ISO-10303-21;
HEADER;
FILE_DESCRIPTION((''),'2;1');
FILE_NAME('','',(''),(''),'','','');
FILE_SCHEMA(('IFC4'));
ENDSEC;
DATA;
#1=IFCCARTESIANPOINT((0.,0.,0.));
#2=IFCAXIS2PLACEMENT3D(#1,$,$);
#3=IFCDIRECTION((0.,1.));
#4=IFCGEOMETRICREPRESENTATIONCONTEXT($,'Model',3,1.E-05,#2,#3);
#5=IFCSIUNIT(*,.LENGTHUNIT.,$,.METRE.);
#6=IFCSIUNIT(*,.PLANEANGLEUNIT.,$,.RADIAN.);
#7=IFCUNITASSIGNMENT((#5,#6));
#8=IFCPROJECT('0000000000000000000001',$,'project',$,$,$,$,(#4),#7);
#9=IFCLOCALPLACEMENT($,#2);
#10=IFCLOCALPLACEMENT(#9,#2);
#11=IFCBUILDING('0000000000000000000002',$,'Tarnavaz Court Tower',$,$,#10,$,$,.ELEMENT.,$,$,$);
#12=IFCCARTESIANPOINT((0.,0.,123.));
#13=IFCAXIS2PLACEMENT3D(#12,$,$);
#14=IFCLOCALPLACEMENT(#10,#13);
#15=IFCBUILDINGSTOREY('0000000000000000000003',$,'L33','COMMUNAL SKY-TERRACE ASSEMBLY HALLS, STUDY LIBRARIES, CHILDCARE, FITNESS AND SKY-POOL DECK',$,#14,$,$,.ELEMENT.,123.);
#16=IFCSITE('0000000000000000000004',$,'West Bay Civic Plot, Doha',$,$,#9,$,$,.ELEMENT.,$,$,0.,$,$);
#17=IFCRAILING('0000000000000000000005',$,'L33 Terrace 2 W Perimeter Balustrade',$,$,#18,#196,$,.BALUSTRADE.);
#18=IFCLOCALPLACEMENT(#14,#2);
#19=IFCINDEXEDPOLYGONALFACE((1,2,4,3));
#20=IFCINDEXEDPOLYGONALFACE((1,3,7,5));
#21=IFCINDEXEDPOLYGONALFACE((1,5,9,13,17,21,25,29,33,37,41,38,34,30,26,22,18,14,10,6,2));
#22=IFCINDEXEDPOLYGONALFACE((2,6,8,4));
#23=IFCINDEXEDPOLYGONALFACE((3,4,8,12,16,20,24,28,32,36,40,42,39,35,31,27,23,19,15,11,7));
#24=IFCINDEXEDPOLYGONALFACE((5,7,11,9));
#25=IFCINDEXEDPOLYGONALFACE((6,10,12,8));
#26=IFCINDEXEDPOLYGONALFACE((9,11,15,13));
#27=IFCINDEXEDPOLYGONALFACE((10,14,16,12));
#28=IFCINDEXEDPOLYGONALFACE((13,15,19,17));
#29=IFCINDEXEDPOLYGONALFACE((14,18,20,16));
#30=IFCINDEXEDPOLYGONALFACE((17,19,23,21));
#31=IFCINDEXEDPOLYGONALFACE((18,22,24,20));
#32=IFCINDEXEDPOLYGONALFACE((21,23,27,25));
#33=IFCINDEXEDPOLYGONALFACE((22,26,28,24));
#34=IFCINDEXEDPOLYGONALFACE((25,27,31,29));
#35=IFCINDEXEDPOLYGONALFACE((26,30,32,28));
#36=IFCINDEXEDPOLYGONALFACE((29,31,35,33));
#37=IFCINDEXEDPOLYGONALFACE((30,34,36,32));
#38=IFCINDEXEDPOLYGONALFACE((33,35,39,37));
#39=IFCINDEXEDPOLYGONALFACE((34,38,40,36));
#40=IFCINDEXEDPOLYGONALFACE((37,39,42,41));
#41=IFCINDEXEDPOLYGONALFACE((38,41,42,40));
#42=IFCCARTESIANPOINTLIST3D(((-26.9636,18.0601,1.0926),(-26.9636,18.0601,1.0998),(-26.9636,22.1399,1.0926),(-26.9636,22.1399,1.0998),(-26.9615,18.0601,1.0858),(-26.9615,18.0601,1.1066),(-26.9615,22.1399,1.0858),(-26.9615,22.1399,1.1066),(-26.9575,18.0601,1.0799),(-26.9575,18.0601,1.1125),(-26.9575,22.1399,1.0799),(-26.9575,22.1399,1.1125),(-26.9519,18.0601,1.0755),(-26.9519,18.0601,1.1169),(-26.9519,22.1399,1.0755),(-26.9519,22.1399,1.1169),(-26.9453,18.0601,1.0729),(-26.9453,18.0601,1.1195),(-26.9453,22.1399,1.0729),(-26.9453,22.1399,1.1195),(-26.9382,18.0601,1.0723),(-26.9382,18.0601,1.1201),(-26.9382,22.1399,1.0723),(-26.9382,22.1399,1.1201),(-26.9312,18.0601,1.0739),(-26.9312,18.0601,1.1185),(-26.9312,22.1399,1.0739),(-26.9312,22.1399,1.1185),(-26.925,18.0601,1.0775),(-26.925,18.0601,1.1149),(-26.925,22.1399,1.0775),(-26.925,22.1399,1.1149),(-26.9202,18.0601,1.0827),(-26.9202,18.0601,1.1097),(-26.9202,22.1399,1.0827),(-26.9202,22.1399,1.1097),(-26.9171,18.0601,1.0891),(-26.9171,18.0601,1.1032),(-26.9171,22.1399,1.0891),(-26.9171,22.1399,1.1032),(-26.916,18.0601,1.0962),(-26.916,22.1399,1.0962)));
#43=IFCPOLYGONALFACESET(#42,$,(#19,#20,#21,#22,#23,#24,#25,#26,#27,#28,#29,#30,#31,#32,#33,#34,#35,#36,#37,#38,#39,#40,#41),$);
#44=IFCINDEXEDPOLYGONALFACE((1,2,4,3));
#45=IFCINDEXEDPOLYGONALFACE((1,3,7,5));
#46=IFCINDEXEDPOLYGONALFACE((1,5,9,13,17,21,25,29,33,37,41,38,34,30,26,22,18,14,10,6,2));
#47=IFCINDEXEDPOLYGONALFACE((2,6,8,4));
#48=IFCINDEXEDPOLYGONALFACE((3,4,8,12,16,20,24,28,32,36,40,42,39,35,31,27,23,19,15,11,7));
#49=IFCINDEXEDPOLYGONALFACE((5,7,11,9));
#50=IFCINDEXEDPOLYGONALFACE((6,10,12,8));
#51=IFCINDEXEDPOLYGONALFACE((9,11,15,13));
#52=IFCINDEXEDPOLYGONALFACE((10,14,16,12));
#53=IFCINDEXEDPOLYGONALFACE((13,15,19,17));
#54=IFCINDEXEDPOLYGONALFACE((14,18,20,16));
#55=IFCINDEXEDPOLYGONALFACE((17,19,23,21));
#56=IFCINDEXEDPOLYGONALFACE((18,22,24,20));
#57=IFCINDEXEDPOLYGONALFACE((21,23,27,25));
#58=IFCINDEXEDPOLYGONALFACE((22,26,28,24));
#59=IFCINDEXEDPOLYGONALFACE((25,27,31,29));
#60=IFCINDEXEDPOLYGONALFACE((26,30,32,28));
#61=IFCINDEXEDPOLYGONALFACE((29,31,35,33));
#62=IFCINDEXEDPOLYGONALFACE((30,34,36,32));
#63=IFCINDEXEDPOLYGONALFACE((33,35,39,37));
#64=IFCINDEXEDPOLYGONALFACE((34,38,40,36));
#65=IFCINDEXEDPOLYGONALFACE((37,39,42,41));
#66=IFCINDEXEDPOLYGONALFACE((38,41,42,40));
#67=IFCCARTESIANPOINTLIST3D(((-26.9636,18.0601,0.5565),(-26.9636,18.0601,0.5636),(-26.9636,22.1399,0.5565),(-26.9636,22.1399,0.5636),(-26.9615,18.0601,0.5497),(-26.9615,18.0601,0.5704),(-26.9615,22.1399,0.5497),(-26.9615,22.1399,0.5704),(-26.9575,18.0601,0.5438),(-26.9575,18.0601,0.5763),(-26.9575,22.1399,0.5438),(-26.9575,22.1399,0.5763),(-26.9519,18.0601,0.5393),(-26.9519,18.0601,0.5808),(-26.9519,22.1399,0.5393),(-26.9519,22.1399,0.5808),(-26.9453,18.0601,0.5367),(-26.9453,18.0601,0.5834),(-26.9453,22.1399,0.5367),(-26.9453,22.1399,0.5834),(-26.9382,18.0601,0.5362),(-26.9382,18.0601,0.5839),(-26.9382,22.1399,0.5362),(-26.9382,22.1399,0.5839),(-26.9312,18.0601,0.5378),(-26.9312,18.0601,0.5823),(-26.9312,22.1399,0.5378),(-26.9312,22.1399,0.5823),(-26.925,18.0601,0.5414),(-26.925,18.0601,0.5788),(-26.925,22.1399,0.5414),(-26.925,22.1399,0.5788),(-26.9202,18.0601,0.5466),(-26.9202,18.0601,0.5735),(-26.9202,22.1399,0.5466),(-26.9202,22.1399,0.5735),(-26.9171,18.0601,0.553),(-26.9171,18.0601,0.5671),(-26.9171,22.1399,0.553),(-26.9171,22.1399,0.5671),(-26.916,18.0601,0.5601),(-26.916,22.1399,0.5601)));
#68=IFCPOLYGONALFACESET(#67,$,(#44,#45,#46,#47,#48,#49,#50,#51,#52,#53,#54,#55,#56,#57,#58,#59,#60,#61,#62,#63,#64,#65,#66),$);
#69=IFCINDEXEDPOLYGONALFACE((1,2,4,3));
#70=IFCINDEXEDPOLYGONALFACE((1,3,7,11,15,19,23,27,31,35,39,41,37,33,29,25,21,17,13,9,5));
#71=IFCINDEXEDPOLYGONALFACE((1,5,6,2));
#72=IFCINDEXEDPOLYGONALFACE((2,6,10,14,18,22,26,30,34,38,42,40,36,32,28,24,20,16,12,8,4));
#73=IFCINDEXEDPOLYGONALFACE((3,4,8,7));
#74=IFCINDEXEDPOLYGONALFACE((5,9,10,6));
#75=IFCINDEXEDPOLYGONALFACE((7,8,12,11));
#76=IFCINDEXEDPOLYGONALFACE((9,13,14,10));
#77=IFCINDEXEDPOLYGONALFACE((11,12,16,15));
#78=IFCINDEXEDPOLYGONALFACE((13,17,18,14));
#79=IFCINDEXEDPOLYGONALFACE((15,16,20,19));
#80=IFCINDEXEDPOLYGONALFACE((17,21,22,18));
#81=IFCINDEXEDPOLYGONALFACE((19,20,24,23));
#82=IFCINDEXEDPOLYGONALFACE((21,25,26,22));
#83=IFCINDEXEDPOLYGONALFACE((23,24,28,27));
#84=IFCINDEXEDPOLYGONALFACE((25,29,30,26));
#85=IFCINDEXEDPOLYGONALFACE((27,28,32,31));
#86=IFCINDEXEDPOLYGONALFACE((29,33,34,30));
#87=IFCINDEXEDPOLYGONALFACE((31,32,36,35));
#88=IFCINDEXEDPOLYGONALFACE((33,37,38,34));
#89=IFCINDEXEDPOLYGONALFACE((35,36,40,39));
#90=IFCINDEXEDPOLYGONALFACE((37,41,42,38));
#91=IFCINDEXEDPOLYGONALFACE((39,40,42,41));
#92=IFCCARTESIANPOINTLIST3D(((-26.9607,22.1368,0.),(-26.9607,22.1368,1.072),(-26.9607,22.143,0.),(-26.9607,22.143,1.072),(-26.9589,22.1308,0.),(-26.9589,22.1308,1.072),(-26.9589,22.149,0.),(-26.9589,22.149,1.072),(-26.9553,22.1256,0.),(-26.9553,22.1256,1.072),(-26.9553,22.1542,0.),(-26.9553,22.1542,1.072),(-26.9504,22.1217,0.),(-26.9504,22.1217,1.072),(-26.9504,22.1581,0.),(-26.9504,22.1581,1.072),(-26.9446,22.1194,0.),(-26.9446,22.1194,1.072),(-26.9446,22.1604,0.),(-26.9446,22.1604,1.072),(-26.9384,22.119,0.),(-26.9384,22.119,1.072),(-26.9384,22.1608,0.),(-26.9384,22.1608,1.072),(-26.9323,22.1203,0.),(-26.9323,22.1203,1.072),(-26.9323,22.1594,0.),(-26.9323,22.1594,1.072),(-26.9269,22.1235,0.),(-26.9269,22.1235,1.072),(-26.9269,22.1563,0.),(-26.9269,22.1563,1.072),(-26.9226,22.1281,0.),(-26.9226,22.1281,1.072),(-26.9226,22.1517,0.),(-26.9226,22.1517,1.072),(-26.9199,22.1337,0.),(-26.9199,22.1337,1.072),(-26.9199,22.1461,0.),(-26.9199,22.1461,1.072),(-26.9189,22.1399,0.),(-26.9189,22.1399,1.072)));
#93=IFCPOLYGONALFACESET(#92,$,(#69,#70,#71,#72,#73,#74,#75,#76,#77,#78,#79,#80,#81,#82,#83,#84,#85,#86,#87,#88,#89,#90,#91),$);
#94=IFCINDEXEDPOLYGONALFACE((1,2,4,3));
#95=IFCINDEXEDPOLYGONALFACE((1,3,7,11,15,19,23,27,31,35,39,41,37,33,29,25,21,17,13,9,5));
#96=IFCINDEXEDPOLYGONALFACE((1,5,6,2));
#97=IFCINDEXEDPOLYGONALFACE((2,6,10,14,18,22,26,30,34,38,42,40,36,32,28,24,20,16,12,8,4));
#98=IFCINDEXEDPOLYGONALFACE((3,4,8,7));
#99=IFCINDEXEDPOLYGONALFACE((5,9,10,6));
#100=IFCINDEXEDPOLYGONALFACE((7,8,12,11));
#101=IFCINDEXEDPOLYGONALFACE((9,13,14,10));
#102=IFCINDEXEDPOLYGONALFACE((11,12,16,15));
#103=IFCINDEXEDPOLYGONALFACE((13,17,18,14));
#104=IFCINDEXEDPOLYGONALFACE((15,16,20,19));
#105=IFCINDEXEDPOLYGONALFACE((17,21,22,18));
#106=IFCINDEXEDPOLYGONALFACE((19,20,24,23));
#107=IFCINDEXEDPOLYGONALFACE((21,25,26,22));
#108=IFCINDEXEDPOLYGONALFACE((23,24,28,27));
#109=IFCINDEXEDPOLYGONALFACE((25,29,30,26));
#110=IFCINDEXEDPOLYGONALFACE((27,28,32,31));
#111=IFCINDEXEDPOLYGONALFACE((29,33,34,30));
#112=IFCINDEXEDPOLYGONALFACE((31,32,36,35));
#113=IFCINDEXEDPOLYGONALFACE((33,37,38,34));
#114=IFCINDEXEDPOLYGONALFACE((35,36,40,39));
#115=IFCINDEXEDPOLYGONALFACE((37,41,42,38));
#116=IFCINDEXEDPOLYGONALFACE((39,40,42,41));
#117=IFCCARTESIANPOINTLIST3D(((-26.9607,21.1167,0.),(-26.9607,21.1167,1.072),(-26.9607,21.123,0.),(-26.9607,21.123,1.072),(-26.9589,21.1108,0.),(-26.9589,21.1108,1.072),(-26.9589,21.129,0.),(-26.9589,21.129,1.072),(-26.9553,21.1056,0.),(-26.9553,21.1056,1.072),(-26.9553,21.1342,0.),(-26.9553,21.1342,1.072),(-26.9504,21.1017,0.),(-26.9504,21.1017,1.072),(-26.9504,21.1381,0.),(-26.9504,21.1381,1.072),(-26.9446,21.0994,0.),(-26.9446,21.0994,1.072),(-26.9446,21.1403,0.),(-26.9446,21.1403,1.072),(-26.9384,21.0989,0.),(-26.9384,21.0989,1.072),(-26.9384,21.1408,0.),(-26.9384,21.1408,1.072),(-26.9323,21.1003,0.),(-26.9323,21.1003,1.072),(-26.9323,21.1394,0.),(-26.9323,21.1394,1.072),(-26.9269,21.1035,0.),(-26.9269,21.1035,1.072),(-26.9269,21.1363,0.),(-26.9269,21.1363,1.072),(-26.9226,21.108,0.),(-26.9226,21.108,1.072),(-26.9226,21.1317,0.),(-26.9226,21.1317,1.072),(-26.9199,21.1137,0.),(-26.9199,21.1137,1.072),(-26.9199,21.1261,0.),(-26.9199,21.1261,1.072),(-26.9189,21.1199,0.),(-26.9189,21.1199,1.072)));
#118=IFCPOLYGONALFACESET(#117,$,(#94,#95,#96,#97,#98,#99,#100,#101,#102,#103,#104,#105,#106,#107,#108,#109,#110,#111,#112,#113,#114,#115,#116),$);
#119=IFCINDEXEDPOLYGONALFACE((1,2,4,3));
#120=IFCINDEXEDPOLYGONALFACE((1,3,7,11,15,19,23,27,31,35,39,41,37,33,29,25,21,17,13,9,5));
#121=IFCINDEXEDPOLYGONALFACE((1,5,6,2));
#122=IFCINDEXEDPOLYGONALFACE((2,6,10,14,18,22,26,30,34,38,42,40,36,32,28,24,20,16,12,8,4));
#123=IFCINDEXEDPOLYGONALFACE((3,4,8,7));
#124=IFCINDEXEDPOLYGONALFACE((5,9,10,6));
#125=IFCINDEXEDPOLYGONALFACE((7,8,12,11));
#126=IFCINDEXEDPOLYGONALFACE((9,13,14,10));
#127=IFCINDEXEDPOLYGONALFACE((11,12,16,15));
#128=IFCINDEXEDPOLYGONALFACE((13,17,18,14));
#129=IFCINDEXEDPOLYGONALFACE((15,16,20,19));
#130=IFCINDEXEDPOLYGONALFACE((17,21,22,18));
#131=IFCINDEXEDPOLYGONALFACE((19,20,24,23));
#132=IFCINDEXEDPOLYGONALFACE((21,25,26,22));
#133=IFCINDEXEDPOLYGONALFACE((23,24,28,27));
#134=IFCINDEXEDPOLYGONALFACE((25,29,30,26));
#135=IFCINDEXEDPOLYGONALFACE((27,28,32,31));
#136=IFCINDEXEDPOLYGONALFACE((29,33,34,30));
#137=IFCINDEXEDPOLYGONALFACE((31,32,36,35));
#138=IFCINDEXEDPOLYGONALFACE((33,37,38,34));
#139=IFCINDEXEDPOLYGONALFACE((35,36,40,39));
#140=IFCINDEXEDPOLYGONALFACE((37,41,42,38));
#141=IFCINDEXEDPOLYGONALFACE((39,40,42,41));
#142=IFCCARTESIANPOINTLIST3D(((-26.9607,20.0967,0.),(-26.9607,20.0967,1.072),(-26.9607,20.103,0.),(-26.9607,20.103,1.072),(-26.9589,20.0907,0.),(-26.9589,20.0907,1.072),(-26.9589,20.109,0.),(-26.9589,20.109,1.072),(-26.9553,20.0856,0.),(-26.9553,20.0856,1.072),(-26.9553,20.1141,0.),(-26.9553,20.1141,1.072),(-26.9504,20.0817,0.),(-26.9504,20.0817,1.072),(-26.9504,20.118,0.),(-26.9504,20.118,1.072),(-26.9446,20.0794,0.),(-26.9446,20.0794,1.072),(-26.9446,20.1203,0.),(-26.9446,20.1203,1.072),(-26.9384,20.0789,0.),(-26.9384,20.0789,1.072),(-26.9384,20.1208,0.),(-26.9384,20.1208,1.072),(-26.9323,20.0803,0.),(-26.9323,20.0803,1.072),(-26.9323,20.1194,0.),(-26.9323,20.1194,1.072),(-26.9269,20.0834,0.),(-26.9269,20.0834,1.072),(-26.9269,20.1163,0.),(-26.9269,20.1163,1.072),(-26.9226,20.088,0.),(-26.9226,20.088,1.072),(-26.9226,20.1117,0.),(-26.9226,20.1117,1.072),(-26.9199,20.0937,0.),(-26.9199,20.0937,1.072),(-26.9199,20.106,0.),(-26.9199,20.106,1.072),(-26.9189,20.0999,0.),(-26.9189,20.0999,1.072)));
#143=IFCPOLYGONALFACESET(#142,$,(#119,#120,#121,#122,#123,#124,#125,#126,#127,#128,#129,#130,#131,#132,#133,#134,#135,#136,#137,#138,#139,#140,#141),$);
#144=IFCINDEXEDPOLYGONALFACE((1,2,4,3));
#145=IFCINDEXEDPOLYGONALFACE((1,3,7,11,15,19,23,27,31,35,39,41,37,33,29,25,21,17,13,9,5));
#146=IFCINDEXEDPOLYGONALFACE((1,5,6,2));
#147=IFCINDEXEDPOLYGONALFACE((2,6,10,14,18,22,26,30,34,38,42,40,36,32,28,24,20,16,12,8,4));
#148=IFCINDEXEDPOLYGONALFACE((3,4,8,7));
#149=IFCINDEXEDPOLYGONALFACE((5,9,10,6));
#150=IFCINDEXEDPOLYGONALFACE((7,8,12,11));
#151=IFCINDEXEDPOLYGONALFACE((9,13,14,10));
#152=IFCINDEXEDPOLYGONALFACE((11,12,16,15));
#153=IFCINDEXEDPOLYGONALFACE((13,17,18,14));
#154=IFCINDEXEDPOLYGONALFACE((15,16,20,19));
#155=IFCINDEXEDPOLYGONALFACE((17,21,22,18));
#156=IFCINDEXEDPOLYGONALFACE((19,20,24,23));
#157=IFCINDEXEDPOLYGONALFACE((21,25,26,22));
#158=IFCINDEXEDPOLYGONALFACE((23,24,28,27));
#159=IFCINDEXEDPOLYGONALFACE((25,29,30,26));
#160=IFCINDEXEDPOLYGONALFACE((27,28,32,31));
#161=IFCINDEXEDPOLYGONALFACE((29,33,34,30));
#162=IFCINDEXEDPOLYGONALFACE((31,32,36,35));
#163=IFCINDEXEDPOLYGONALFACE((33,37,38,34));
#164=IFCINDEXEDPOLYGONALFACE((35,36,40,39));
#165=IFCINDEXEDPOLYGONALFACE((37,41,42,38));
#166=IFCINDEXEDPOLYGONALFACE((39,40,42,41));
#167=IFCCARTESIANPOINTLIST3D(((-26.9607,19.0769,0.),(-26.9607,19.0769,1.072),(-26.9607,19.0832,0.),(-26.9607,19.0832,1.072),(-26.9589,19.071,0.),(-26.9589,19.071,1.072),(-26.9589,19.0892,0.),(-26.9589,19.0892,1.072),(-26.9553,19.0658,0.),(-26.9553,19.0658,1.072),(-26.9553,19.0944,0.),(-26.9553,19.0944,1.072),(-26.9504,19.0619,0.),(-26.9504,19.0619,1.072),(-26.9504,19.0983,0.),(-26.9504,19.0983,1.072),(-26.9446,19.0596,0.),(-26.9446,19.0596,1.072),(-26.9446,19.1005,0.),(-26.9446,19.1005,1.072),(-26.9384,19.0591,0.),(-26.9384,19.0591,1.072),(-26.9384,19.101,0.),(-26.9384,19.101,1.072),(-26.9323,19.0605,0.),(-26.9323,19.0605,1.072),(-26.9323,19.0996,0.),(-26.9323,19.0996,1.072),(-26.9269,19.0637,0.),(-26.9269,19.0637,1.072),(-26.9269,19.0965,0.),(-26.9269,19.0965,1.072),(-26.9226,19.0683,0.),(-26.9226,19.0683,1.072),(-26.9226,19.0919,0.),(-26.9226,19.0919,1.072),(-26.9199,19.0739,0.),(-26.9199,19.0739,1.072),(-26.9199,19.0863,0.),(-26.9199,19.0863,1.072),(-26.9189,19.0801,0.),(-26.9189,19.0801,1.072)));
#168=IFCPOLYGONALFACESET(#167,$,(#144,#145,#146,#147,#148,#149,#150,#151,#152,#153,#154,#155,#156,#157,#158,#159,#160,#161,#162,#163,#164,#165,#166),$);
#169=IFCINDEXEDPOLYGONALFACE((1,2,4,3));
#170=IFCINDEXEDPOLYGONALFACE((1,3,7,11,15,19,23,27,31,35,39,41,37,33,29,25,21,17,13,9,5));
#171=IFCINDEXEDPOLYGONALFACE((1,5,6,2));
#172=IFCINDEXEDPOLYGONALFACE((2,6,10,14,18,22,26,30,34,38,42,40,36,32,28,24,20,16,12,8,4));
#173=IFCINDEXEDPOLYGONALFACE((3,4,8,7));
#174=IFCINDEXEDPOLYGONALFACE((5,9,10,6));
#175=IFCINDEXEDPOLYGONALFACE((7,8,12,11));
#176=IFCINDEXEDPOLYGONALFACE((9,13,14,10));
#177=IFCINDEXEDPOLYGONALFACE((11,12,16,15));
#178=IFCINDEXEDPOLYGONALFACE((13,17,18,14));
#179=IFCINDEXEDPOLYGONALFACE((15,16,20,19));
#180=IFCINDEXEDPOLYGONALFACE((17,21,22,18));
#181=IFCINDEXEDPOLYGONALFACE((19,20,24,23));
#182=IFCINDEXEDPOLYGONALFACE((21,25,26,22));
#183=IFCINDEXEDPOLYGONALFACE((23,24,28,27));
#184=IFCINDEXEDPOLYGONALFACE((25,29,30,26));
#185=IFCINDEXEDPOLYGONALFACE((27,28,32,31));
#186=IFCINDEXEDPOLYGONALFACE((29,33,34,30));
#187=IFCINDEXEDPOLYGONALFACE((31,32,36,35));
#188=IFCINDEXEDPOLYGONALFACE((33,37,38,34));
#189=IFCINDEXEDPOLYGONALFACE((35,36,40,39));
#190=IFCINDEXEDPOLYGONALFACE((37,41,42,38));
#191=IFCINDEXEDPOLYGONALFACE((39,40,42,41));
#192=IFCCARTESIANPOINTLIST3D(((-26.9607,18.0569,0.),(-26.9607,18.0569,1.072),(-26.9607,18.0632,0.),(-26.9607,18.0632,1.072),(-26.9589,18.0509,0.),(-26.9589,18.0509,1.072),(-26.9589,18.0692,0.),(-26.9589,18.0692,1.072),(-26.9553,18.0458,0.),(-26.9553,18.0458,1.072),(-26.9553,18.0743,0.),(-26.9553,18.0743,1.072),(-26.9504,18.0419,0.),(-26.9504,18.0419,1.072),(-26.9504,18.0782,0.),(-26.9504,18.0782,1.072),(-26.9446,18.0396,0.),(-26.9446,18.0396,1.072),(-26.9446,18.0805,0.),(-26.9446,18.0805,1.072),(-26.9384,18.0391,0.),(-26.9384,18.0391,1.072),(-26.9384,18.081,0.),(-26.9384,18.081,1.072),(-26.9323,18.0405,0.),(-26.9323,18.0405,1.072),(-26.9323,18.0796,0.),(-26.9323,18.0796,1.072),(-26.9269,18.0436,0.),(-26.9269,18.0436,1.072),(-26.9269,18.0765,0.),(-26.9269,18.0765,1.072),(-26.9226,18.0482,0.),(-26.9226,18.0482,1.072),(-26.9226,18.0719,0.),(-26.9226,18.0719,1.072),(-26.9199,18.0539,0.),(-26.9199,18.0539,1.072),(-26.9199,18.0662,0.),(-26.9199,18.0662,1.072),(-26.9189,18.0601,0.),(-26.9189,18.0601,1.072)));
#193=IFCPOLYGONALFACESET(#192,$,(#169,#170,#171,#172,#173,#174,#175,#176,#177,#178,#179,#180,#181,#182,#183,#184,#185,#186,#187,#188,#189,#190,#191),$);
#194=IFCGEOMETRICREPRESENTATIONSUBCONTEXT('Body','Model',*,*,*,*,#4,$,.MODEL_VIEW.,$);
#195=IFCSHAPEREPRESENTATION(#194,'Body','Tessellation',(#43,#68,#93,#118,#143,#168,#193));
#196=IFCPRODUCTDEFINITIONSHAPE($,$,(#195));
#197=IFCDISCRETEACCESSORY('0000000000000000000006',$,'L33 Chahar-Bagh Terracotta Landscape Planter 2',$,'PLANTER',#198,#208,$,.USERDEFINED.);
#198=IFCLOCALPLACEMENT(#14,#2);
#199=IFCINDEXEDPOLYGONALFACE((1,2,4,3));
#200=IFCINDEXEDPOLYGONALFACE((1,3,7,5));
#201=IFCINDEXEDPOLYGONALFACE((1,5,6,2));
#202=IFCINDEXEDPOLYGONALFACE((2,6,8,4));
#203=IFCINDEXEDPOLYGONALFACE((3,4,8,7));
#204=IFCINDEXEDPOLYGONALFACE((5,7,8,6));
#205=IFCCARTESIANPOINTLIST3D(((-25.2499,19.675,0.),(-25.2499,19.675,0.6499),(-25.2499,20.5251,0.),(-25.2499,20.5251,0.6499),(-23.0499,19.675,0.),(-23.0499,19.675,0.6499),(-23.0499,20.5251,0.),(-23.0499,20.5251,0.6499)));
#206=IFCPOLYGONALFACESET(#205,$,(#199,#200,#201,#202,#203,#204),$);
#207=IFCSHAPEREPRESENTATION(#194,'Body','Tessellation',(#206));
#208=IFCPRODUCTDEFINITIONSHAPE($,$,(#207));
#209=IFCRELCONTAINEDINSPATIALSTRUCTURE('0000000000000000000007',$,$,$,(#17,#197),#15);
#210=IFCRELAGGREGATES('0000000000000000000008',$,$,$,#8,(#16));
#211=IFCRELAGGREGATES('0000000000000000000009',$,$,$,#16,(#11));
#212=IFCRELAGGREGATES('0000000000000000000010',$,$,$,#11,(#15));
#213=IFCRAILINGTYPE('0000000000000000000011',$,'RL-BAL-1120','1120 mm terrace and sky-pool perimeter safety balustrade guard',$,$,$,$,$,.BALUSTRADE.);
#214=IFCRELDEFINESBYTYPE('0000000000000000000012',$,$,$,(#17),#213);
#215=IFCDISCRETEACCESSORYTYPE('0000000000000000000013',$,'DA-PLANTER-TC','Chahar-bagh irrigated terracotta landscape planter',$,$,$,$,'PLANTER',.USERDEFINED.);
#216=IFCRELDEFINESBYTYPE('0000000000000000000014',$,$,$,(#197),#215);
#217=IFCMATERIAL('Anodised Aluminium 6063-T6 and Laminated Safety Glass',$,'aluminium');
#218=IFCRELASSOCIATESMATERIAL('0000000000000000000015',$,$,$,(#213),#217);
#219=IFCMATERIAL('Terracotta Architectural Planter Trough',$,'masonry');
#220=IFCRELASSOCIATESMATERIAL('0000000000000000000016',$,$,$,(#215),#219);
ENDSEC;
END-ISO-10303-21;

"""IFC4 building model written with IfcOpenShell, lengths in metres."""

from ifc_helpers import new_model, si_unit, direction, frame, origin, origin_2d, place, context, subcontext, project, spatial, rectangle, circle, extrude, material, type_object, element, save


model = new_model("IFC4")

# Units and contexts
model_context = context("Model", 3, precision=1e-05, world=origin(), true_north=direction((0.0, 1.0)))
body_context = subcontext(model_context, "Body", "Model", "MODEL_VIEW")
ifc_project = project(units=[si_unit("LENGTHUNIT", "METRE"), si_unit("PLANEANGLEUNIT", "RADIAN")], contexts=[model_context])

# Site, building, storey
site_placement = place(None, origin())
site = spatial("IfcSite", under=ifc_project, at=site_placement, Name="West Bay Civic Plot, Doha", CompositionType="ELEMENT", RefElevation=0.0)
building_placement = place(site_placement, origin())
building = spatial("IfcBuilding", under=site, at=building_placement, Name="Tarnavaz Court Tower", CompositionType="ELEMENT")
storey_placement = place(building_placement, frame((0.0, 0.0, 123.0)))
storey = spatial("IfcBuildingStorey", under=building, at=storey_placement, Name="L33", Description="COMMUNAL SKY-TERRACE ASSEMBLY HALLS, STUDY LIBRARIES, CHILDCARE, FITNESS AND SKY-POOL DECK", CompositionType="ELEMENT", Elevation=123.0)

# Railing
ifc_material_1 = material(Name="Anodised Aluminium 6063-T6 and Laminated Safety Glass", Category="aluminium")
railing_type = type_object("IfcRailingType", Name="RL-BAL-1120", Description="1120 mm terrace and sky-pool perimeter safety balustrade guard", PredefinedType="BALUSTRADE", material=ifc_material_1)
railing_1_placement = place(storey_placement, frame((-26.9399, 22.1399, 0.0)))
element("IfcRailing", 1, at=railing_1_placement, inside=storey, type_object=railing_type, Name="L33 Terrace 2 W Perimeter Balustrade", PredefinedType="BALUSTRADE", context=body_context, shape_type="SweptSolid", body=[
    extrude(circle(Radius=0.0239, at=origin_2d()), frame((0.0, 0.0, 1.0962), z_axis=(0.0, -1.0, 0.0), x_axis=(1.0, 0.0, 0.0)), (0.0, 0.0, 1.0), 4.0798),
    extrude(circle(Radius=0.0239, at=origin_2d()), frame((0.0, 0.0, 0.5601), z_axis=(0.0, -1.0, 0.0), x_axis=(1.0, 0.0, 0.0)), (0.0, 0.0, 1.0), 4.0798),
    extrude(circle(Radius=0.021, at=origin_2d()), origin(), (0.0, 0.0, 1.0), 1.072),
    extrude(circle(Radius=0.021, at=origin_2d()), frame((0.0, -1.02, 0.0)), (0.0, 0.0, 1.0), 1.072),
    extrude(circle(Radius=0.021, at=origin_2d()), frame((0.0, -2.04, 0.0)), (0.0, 0.0, 1.0), 1.072),
    extrude(circle(Radius=0.021, at=origin_2d()), frame((0.0, -3.0598, 0.0)), (0.0, 0.0, 1.0), 1.072),
    extrude(circle(Radius=0.021, at=origin_2d()), frame((0.0, -4.0798, 0.0)), (0.0, 0.0, 1.0), 1.072),
])

# Discrete accessory
ifc_material_2 = material(Name="Terracotta Architectural Planter Trough", Category="masonry")
discrete_accessory_type = type_object("IfcDiscreteAccessoryType", Name="DA-PLANTER-TC", Description="Chahar-bagh irrigated terracotta landscape planter", ElementType="PLANTER", PredefinedType="USERDEFINED", material=ifc_material_2)
discrete_accessory_placement = place(storey_placement, frame((-24.1499, 20.1001, 0.0), z_axis=(0.0, 0.0, 1.0), x_axis=(1.0, 0.0, 0.0)))
element("IfcDiscreteAccessory", 2, at=discrete_accessory_placement, inside=storey, type_object=discrete_accessory_type, Name="L33 Chahar-Bagh Terracotta Landscape Planter 2", ObjectType="PLANTER", PredefinedType="USERDEFINED", context=body_context, shape_type="SweptSolid", body=[
    extrude(rectangle(XDim=2.2, YDim=0.8501, at=origin_2d()), origin(), (0.0, 0.0, 1.0), 0.6499),
])

save(model, "model.ifc")
